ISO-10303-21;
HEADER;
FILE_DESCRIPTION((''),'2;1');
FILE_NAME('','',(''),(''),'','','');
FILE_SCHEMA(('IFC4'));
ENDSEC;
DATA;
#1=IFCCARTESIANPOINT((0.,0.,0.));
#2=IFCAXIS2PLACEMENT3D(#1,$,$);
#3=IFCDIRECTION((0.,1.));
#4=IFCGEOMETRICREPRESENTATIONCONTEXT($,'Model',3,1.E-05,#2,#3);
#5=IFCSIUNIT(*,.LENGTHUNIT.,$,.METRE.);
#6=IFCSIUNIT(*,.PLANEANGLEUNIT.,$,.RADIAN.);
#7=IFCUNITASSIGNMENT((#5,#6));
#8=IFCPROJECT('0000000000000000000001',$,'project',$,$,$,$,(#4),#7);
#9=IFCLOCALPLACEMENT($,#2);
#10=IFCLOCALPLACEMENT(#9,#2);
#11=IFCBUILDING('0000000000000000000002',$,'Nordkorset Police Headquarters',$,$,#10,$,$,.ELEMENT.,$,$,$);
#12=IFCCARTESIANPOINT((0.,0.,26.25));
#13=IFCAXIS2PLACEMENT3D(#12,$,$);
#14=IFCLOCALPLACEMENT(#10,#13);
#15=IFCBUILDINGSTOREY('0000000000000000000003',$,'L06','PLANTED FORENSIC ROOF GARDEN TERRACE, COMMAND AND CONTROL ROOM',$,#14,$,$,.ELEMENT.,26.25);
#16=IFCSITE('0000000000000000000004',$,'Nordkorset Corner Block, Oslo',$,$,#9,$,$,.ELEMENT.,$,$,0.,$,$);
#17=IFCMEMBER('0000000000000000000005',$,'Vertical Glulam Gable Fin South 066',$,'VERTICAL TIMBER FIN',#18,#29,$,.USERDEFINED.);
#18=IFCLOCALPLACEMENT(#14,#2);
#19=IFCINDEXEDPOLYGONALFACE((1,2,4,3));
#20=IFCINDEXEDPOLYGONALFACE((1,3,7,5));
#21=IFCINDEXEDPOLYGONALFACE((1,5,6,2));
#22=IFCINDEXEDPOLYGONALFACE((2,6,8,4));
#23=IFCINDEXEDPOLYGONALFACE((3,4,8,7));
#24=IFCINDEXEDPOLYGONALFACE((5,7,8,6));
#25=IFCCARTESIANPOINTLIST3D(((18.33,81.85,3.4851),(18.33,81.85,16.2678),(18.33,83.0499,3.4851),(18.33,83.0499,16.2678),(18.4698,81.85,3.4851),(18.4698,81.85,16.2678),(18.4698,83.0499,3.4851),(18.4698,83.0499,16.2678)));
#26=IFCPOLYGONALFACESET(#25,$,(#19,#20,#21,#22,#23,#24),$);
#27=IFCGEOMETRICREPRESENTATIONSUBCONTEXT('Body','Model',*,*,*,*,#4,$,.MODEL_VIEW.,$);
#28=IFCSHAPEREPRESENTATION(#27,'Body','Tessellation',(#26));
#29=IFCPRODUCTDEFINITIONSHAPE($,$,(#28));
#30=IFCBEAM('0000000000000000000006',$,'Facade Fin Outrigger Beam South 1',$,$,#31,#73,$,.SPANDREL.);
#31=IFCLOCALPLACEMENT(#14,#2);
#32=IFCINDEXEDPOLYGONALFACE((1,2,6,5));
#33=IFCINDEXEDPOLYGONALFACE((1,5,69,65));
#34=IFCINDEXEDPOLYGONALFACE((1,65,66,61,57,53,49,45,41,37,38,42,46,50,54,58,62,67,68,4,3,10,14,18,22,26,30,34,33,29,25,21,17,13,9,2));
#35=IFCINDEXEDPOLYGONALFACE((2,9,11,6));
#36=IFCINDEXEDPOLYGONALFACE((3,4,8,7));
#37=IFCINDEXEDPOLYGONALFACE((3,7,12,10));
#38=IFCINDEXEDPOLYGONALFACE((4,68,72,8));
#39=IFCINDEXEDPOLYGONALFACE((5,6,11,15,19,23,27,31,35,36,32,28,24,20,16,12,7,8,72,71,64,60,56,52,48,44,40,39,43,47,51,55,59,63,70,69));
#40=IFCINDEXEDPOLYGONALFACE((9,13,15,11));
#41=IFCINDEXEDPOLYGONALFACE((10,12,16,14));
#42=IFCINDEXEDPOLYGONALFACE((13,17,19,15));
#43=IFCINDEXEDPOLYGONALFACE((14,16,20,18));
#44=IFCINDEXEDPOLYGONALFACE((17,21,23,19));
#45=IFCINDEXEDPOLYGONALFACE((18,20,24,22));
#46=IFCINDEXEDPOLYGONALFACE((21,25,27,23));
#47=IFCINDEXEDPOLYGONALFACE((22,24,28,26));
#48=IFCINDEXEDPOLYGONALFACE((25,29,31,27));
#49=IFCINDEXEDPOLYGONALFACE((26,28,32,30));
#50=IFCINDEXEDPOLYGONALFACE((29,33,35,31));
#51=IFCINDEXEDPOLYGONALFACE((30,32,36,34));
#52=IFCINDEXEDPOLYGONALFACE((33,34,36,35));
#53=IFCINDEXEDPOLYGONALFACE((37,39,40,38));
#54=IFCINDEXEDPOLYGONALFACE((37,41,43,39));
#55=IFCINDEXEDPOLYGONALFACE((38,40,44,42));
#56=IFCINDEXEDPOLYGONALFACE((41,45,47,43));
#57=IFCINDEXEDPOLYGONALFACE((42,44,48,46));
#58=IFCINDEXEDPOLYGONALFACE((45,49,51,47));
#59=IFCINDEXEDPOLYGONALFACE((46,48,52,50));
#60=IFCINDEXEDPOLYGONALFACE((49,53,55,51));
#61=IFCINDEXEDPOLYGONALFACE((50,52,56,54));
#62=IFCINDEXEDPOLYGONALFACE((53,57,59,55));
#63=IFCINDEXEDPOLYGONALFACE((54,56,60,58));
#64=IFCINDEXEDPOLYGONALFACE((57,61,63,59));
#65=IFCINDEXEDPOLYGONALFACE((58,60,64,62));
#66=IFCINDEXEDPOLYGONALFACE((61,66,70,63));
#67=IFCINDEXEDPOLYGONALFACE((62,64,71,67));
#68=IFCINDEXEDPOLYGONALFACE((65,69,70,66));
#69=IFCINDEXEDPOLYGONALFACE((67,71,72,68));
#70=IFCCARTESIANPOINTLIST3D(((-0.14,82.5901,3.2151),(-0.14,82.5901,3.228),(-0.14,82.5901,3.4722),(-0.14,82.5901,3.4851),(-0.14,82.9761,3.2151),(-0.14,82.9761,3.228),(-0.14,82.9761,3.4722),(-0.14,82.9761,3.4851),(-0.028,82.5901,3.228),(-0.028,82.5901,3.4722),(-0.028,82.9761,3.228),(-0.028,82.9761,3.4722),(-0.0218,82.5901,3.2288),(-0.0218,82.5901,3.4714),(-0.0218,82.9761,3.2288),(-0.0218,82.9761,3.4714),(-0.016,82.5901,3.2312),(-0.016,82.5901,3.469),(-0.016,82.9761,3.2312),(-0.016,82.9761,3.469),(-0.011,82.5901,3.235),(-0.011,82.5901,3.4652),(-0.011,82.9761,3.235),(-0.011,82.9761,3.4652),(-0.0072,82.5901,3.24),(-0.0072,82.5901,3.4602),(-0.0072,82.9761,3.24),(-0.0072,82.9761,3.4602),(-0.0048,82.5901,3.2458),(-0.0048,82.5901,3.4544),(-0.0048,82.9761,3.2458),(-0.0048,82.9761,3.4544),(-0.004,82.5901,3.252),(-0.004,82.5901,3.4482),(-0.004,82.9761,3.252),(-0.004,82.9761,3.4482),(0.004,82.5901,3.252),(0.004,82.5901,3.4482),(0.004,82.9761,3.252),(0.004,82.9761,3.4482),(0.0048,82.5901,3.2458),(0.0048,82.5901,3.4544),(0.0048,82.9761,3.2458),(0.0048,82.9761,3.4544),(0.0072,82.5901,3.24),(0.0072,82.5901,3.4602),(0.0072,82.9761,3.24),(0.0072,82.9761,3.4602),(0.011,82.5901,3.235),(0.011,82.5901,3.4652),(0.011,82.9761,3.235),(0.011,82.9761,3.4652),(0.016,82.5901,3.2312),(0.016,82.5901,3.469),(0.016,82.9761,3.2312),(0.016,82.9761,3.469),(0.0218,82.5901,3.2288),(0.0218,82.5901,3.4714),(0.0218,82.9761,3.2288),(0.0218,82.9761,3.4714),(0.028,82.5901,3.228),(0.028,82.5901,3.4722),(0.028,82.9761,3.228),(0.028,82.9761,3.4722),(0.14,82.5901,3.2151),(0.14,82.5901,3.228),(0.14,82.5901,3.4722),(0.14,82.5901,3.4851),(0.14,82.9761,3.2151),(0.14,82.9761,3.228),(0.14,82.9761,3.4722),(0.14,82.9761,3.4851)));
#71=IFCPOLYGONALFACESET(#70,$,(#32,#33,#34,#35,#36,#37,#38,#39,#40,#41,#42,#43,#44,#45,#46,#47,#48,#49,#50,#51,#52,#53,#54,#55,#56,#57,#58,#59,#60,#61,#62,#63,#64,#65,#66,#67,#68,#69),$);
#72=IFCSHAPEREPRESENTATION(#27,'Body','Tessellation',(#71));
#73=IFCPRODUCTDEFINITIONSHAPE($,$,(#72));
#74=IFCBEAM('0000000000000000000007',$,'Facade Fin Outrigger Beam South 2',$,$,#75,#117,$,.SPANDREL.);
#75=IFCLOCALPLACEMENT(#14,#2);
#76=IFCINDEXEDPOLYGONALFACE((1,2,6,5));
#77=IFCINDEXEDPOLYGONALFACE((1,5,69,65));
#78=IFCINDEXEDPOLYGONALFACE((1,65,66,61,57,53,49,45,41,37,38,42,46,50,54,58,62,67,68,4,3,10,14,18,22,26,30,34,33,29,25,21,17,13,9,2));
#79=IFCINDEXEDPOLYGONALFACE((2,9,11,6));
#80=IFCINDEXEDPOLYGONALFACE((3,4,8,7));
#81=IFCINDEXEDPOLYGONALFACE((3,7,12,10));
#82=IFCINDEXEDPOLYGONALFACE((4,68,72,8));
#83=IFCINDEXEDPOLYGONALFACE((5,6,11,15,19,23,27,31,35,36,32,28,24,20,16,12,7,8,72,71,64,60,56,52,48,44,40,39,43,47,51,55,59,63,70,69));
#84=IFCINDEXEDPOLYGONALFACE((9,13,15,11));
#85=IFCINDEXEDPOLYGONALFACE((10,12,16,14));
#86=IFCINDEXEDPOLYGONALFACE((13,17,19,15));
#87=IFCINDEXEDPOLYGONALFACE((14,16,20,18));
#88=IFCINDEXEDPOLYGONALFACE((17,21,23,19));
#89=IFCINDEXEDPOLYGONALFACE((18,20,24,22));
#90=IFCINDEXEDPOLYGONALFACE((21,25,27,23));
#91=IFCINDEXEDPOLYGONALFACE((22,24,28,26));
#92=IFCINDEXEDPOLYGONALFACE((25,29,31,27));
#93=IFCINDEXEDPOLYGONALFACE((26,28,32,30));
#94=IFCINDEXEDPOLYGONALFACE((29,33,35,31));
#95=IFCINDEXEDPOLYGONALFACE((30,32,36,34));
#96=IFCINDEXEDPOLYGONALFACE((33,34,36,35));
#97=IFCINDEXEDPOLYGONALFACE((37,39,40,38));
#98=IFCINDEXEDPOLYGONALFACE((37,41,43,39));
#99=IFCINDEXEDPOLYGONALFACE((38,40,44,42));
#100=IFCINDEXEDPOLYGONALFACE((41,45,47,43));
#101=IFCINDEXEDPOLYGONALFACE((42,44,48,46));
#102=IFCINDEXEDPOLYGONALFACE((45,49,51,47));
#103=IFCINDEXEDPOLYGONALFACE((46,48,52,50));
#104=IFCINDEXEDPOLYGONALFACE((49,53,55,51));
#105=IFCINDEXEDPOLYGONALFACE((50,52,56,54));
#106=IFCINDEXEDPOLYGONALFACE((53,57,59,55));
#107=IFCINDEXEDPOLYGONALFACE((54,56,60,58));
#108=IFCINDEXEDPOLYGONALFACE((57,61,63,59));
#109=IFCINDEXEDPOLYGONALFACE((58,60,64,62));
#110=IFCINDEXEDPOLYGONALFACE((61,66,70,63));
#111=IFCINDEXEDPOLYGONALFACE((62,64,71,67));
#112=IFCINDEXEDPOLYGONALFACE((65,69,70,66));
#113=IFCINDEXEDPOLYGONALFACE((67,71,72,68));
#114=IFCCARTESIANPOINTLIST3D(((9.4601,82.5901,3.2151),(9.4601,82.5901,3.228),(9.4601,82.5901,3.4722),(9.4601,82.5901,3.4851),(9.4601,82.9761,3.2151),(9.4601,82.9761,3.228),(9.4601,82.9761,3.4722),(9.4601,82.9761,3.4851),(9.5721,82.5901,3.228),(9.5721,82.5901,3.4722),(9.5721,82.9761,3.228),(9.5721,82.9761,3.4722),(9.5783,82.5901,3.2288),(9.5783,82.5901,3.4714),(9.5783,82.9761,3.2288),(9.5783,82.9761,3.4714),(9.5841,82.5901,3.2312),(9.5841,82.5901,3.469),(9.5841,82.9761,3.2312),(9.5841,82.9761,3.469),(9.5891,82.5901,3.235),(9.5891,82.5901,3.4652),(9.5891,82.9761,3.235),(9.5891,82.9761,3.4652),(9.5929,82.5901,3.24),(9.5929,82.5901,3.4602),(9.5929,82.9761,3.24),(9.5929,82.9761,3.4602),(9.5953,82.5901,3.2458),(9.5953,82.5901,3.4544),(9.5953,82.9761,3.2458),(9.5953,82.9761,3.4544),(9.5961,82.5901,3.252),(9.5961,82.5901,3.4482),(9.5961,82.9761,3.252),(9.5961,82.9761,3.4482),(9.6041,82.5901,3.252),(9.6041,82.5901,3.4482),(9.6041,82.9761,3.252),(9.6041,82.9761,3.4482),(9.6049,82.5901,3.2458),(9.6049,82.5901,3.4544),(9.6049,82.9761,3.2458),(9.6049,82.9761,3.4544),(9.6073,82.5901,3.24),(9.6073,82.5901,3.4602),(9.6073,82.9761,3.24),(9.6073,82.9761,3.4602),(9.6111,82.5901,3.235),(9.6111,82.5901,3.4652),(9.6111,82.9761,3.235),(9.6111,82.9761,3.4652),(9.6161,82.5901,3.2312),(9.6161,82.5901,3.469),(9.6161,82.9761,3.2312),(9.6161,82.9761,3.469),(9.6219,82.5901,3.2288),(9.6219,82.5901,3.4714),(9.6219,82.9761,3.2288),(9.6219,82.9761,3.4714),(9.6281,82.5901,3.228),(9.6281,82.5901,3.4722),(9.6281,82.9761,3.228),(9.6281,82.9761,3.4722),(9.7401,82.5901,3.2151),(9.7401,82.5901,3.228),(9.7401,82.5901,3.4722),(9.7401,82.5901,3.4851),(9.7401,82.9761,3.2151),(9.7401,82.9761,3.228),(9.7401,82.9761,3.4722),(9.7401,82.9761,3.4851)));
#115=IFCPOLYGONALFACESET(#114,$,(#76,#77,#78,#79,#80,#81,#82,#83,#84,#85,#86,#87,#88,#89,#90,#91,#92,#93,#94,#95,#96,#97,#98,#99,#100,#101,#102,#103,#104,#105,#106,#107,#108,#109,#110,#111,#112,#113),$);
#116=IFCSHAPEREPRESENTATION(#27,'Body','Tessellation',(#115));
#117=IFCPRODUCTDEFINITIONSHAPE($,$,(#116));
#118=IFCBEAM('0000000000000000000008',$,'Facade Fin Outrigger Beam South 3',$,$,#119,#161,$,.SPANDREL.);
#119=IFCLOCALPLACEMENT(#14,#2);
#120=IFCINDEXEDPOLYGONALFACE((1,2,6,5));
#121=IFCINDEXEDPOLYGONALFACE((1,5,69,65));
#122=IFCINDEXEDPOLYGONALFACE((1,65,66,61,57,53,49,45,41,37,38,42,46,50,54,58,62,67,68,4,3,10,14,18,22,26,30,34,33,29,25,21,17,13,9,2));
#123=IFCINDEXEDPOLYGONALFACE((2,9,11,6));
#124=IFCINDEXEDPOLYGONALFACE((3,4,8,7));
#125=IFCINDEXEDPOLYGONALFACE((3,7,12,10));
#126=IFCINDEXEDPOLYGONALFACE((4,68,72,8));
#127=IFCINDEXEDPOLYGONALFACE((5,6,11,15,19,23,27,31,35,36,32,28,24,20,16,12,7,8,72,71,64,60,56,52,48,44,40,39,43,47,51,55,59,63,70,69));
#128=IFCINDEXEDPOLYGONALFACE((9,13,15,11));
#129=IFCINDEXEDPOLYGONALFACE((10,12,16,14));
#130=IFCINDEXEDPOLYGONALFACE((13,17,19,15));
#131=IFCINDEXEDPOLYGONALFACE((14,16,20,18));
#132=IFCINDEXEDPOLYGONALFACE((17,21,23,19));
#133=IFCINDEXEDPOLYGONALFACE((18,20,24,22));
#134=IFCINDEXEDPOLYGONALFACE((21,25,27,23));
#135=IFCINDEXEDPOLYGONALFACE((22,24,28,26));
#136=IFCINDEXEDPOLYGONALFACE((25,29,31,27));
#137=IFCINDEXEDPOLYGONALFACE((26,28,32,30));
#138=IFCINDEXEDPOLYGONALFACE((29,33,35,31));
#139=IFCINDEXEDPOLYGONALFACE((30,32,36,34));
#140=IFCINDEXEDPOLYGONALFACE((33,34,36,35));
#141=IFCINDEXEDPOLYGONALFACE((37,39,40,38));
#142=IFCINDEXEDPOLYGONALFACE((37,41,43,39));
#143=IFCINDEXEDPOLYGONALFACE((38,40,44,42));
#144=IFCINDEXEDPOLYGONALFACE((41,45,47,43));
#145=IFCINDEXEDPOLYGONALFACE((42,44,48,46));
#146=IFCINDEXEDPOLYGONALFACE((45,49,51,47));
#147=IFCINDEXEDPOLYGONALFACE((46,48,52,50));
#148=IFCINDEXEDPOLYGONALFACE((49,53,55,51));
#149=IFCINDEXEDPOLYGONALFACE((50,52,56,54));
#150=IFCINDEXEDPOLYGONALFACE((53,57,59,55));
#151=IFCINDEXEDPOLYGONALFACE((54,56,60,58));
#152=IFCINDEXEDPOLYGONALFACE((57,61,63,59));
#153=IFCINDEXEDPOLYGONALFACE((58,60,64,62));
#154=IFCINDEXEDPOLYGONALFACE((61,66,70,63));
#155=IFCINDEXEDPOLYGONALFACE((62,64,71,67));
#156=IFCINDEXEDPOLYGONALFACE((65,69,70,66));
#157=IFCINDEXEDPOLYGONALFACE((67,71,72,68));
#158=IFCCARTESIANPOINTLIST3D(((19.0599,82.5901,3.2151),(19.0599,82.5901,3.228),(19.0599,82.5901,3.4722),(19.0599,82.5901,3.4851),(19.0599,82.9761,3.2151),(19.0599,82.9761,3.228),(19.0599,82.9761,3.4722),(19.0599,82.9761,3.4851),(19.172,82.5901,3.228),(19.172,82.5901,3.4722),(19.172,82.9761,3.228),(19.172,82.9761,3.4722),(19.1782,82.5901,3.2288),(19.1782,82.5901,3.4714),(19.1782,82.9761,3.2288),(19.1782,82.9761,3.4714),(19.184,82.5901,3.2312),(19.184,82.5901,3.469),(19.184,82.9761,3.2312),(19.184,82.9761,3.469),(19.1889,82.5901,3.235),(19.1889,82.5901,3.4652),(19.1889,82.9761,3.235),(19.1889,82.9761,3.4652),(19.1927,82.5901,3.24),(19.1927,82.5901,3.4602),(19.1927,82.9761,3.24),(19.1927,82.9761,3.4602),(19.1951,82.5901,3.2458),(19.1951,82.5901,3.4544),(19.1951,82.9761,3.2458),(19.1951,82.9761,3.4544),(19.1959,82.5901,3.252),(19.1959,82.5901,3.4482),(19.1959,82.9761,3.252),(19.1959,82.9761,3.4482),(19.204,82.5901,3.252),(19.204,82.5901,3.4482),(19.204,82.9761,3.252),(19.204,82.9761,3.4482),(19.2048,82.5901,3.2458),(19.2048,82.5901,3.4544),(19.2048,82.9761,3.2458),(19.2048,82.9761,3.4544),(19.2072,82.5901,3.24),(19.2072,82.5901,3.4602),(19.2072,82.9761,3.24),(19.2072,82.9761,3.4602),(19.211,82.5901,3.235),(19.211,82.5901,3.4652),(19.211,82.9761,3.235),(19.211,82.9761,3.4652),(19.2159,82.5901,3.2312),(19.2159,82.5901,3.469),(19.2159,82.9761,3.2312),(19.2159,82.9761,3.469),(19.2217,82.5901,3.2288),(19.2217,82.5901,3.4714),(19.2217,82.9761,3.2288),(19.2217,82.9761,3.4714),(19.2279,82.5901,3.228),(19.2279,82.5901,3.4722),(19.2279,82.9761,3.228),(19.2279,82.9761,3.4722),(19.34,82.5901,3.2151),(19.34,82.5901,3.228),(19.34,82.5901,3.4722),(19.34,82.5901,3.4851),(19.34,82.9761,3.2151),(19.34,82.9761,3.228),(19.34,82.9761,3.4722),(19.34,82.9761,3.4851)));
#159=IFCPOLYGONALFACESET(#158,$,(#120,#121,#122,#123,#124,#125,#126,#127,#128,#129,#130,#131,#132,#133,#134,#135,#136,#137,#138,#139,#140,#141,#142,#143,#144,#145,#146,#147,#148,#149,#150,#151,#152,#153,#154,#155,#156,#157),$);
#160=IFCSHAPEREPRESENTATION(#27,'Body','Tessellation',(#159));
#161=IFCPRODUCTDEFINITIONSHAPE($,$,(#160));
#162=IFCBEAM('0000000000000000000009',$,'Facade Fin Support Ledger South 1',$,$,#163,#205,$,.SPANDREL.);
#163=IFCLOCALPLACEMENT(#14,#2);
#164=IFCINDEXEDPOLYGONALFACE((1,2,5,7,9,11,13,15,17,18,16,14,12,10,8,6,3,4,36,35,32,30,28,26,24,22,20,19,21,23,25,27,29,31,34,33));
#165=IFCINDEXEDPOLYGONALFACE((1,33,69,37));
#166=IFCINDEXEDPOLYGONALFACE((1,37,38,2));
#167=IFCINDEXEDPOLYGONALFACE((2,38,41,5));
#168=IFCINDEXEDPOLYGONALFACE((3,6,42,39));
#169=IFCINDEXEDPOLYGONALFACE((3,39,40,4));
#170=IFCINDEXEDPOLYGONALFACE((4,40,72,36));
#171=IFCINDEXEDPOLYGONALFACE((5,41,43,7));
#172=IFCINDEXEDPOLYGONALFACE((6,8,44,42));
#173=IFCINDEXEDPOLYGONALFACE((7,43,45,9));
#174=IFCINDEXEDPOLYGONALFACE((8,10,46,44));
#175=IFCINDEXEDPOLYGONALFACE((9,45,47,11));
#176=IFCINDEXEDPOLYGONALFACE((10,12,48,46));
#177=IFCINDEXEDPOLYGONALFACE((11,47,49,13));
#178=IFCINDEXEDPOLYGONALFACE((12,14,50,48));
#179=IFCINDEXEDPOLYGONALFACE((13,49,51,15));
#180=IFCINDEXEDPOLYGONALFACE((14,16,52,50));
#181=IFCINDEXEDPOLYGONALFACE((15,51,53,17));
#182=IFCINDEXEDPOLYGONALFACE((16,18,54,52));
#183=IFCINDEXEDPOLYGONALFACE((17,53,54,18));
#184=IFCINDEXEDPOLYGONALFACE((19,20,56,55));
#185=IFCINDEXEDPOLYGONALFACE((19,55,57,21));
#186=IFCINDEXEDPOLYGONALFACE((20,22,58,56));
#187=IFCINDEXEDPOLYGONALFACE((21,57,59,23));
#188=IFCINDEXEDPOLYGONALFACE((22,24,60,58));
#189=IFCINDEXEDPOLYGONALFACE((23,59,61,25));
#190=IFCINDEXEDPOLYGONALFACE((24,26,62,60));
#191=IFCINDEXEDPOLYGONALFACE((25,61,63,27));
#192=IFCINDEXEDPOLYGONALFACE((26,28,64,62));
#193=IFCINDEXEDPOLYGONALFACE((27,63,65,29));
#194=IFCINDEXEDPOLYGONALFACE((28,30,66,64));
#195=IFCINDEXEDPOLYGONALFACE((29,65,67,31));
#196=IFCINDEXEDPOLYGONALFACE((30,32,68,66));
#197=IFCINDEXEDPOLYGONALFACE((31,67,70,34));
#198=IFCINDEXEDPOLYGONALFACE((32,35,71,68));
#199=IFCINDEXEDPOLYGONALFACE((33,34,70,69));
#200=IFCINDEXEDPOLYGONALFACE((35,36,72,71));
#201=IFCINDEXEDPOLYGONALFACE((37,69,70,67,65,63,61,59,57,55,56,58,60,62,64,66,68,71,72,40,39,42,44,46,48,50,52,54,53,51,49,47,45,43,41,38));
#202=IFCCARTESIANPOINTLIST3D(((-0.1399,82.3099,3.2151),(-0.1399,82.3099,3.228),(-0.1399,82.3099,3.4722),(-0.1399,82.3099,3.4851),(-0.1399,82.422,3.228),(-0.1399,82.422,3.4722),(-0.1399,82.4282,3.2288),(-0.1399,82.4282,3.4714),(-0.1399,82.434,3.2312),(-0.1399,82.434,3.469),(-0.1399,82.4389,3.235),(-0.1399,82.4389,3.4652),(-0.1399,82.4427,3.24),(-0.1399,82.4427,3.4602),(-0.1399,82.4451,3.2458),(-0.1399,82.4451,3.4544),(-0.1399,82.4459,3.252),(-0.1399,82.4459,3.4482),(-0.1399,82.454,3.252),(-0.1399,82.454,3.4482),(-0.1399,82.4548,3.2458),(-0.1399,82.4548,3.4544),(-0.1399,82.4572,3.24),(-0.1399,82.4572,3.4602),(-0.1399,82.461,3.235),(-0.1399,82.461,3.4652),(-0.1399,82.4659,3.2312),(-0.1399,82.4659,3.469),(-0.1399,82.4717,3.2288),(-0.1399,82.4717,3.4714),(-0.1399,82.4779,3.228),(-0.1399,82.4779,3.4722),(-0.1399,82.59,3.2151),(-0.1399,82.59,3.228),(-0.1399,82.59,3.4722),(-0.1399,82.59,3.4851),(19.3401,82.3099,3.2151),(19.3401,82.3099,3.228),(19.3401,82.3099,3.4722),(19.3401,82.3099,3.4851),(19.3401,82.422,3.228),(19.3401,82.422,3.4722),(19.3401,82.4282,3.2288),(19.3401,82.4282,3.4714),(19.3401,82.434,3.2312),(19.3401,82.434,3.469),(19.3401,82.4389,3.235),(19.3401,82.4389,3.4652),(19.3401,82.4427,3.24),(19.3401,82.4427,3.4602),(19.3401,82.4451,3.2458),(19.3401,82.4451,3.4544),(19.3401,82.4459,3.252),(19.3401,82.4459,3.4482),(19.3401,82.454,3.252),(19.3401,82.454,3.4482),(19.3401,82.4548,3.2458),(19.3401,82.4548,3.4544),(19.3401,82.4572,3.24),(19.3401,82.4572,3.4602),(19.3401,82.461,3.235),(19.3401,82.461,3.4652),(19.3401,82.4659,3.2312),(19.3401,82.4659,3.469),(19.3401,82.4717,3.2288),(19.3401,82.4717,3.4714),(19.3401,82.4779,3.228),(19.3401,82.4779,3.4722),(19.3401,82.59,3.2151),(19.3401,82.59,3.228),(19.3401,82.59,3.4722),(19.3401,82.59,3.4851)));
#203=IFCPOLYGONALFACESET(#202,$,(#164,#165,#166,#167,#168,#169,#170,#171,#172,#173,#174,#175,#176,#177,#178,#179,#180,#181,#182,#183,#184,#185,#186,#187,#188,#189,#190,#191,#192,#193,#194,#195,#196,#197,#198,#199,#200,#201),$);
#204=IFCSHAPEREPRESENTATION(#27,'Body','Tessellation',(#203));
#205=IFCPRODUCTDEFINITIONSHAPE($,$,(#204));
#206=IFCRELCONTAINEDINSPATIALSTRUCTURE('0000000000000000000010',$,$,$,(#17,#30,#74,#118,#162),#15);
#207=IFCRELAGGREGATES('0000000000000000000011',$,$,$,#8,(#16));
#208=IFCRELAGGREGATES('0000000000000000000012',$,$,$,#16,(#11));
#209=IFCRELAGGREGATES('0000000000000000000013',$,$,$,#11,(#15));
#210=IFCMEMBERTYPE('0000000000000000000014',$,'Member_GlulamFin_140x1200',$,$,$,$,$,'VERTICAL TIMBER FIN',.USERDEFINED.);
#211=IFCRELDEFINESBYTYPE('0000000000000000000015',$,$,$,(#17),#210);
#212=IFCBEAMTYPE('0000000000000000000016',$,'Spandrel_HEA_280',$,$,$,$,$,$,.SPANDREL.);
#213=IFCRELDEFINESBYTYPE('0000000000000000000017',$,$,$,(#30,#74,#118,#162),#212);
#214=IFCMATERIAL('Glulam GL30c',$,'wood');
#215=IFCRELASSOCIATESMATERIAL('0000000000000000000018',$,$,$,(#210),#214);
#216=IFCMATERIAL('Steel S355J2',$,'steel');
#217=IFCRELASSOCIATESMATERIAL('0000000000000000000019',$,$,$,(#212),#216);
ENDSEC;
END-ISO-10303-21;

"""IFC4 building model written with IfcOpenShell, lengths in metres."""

from ifc_helpers import new_model, si_unit, direction, frame, origin, origin_2d, place, context, subcontext, project, spatial, rectangle, i_section, extrude, material, material_profile, profile_set, type_object, element, save


model = new_model("IFC4")

# Units and contexts
model_context = context("Model", 3, precision=1e-05, world=origin(), true_north=direction((0.0, 1.0)))
body_context = subcontext(model_context, "Body", "Model", "MODEL_VIEW")
ifc_project = project(units=[si_unit("LENGTHUNIT", "METRE"), si_unit("PLANEANGLEUNIT", "RADIAN")], contexts=[model_context])

# Site, building, storey
site_placement = place(None, origin())
site = spatial("IfcSite", under=ifc_project, at=site_placement, Name="Nordkorset Corner Block, Oslo", CompositionType="ELEMENT", RefElevation=0.0)
building_placement = place(site_placement, origin())
building = spatial("IfcBuilding", under=site, at=building_placement, Name="Nordkorset Police Headquarters", CompositionType="ELEMENT")
storey_placement = place(building_placement, frame((0.0, 0.0, 26.25)))
storey = spatial("IfcBuildingStorey", under=building, at=storey_placement, Name="L06", Description="PLANTED FORENSIC ROOF GARDEN TERRACE, COMMAND AND CONTROL ROOM", CompositionType="ELEMENT", Elevation=26.25)

# Member
ifc_material_1 = material(Name="Glulam GL30c", Category="wood")
ifc_material_profile_1 = material_profile(ifc_material_1, rectangle(XDim=0.1399, YDim=1.2, at=origin_2d()), Name="GL30C FIN 140x1200")
ifc_profile_set_1 = profile_set([ifc_material_profile_1], Name="Glulam GL30c")
member_type = type_object("IfcMemberType", Name="Member_GlulamFin_140x1200", ElementType="VERTICAL TIMBER FIN", PredefinedType="USERDEFINED", material=ifc_profile_set_1)
member_1_placement = place(storey_placement, frame((18.3999, 82.45, 3.4851), z_axis=(0.0, 0.0, 1.0), x_axis=(1.0, 0.0, 0.0)))
element("IfcMember", 1, at=member_1_placement, inside=storey, type_object=member_type, Name="Vertical Glulam Gable Fin South 066", ObjectType="VERTICAL TIMBER FIN", PredefinedType="USERDEFINED", context=body_context, shape_type="SweptSolid", body=[
    extrude(rectangle(XDim=0.1399, YDim=1.2, at=origin_2d()), origin(), (0.0, 0.0, 1.0), 12.7827),
])

# Beams
ifc_material_2 = material(Name="Steel S355J2", Category="steel")
ifc_material_profile_2 = material_profile(ifc_material_2, i_section(OverallWidth=0.28, OverallDepth=0.27, WebThickness=0.0081, FlangeThickness=0.0129, FilletRadius=0.0239, at=origin_2d()), Name="HEA 280")
ifc_profile_set_2 = profile_set([ifc_material_profile_2], Name="Steel S355J2")
beam_type_1 = type_object("IfcBeamType", Name="Spandrel_HEA_280", PredefinedType="SPANDREL", material=ifc_profile_set_2)
for number, where, z_axis, x_axis, name in (
    (2, (0.0, 82.9761, 3.3501), (0.0, -1.0, 0.0), (1.0, 0.0, 0.0), "Facade Fin Outrigger Beam South 1"),
    (3, (9.6001, 82.9761, 3.3501), (0.0, -1.0, 0.0), (1.0, 0.0, 0.0), "Facade Fin Outrigger Beam South 2"),
    (4, (19.2, 82.9761, 3.3501), (0.0, -1.0, 0.0), (1.0, 0.0, 0.0), "Facade Fin Outrigger Beam South 3"),
):
    element("IfcBeam", number, at=place(storey_placement, frame(where, z_axis=z_axis, x_axis=x_axis)), inside=storey, type_object=beam_type_1, Name=name, PredefinedType="SPANDREL", context=body_context, shape_type="SweptSolid", body=[
        extrude(i_section(OverallWidth=0.28, OverallDepth=0.27, WebThickness=0.0081, FlangeThickness=0.0129, FilletRadius=0.0239, at=origin_2d()), origin(), (0.0, 0.0, 1.0), 0.386),
    ])
beam_1_placement = place(storey_placement, frame((-0.1399, 82.45, 3.3501), z_axis=(1.0, 0.0, 0.0), x_axis=(0.0, 1.0, 0.0)))
element("IfcBeam", 5, at=beam_1_placement, inside=storey, type_object=beam_type_1, Name="Facade Fin Support Ledger South 1", PredefinedType="SPANDREL", context=body_context, shape_type="SweptSolid", body=[
    extrude(i_section(OverallWidth=0.28, OverallDepth=0.27, WebThickness=0.0081, FlangeThickness=0.0129, FilletRadius=0.0239, at=origin_2d()), origin(), (0.0, 0.0, 1.0), 19.48),
])

save(model, "model.ifc")
